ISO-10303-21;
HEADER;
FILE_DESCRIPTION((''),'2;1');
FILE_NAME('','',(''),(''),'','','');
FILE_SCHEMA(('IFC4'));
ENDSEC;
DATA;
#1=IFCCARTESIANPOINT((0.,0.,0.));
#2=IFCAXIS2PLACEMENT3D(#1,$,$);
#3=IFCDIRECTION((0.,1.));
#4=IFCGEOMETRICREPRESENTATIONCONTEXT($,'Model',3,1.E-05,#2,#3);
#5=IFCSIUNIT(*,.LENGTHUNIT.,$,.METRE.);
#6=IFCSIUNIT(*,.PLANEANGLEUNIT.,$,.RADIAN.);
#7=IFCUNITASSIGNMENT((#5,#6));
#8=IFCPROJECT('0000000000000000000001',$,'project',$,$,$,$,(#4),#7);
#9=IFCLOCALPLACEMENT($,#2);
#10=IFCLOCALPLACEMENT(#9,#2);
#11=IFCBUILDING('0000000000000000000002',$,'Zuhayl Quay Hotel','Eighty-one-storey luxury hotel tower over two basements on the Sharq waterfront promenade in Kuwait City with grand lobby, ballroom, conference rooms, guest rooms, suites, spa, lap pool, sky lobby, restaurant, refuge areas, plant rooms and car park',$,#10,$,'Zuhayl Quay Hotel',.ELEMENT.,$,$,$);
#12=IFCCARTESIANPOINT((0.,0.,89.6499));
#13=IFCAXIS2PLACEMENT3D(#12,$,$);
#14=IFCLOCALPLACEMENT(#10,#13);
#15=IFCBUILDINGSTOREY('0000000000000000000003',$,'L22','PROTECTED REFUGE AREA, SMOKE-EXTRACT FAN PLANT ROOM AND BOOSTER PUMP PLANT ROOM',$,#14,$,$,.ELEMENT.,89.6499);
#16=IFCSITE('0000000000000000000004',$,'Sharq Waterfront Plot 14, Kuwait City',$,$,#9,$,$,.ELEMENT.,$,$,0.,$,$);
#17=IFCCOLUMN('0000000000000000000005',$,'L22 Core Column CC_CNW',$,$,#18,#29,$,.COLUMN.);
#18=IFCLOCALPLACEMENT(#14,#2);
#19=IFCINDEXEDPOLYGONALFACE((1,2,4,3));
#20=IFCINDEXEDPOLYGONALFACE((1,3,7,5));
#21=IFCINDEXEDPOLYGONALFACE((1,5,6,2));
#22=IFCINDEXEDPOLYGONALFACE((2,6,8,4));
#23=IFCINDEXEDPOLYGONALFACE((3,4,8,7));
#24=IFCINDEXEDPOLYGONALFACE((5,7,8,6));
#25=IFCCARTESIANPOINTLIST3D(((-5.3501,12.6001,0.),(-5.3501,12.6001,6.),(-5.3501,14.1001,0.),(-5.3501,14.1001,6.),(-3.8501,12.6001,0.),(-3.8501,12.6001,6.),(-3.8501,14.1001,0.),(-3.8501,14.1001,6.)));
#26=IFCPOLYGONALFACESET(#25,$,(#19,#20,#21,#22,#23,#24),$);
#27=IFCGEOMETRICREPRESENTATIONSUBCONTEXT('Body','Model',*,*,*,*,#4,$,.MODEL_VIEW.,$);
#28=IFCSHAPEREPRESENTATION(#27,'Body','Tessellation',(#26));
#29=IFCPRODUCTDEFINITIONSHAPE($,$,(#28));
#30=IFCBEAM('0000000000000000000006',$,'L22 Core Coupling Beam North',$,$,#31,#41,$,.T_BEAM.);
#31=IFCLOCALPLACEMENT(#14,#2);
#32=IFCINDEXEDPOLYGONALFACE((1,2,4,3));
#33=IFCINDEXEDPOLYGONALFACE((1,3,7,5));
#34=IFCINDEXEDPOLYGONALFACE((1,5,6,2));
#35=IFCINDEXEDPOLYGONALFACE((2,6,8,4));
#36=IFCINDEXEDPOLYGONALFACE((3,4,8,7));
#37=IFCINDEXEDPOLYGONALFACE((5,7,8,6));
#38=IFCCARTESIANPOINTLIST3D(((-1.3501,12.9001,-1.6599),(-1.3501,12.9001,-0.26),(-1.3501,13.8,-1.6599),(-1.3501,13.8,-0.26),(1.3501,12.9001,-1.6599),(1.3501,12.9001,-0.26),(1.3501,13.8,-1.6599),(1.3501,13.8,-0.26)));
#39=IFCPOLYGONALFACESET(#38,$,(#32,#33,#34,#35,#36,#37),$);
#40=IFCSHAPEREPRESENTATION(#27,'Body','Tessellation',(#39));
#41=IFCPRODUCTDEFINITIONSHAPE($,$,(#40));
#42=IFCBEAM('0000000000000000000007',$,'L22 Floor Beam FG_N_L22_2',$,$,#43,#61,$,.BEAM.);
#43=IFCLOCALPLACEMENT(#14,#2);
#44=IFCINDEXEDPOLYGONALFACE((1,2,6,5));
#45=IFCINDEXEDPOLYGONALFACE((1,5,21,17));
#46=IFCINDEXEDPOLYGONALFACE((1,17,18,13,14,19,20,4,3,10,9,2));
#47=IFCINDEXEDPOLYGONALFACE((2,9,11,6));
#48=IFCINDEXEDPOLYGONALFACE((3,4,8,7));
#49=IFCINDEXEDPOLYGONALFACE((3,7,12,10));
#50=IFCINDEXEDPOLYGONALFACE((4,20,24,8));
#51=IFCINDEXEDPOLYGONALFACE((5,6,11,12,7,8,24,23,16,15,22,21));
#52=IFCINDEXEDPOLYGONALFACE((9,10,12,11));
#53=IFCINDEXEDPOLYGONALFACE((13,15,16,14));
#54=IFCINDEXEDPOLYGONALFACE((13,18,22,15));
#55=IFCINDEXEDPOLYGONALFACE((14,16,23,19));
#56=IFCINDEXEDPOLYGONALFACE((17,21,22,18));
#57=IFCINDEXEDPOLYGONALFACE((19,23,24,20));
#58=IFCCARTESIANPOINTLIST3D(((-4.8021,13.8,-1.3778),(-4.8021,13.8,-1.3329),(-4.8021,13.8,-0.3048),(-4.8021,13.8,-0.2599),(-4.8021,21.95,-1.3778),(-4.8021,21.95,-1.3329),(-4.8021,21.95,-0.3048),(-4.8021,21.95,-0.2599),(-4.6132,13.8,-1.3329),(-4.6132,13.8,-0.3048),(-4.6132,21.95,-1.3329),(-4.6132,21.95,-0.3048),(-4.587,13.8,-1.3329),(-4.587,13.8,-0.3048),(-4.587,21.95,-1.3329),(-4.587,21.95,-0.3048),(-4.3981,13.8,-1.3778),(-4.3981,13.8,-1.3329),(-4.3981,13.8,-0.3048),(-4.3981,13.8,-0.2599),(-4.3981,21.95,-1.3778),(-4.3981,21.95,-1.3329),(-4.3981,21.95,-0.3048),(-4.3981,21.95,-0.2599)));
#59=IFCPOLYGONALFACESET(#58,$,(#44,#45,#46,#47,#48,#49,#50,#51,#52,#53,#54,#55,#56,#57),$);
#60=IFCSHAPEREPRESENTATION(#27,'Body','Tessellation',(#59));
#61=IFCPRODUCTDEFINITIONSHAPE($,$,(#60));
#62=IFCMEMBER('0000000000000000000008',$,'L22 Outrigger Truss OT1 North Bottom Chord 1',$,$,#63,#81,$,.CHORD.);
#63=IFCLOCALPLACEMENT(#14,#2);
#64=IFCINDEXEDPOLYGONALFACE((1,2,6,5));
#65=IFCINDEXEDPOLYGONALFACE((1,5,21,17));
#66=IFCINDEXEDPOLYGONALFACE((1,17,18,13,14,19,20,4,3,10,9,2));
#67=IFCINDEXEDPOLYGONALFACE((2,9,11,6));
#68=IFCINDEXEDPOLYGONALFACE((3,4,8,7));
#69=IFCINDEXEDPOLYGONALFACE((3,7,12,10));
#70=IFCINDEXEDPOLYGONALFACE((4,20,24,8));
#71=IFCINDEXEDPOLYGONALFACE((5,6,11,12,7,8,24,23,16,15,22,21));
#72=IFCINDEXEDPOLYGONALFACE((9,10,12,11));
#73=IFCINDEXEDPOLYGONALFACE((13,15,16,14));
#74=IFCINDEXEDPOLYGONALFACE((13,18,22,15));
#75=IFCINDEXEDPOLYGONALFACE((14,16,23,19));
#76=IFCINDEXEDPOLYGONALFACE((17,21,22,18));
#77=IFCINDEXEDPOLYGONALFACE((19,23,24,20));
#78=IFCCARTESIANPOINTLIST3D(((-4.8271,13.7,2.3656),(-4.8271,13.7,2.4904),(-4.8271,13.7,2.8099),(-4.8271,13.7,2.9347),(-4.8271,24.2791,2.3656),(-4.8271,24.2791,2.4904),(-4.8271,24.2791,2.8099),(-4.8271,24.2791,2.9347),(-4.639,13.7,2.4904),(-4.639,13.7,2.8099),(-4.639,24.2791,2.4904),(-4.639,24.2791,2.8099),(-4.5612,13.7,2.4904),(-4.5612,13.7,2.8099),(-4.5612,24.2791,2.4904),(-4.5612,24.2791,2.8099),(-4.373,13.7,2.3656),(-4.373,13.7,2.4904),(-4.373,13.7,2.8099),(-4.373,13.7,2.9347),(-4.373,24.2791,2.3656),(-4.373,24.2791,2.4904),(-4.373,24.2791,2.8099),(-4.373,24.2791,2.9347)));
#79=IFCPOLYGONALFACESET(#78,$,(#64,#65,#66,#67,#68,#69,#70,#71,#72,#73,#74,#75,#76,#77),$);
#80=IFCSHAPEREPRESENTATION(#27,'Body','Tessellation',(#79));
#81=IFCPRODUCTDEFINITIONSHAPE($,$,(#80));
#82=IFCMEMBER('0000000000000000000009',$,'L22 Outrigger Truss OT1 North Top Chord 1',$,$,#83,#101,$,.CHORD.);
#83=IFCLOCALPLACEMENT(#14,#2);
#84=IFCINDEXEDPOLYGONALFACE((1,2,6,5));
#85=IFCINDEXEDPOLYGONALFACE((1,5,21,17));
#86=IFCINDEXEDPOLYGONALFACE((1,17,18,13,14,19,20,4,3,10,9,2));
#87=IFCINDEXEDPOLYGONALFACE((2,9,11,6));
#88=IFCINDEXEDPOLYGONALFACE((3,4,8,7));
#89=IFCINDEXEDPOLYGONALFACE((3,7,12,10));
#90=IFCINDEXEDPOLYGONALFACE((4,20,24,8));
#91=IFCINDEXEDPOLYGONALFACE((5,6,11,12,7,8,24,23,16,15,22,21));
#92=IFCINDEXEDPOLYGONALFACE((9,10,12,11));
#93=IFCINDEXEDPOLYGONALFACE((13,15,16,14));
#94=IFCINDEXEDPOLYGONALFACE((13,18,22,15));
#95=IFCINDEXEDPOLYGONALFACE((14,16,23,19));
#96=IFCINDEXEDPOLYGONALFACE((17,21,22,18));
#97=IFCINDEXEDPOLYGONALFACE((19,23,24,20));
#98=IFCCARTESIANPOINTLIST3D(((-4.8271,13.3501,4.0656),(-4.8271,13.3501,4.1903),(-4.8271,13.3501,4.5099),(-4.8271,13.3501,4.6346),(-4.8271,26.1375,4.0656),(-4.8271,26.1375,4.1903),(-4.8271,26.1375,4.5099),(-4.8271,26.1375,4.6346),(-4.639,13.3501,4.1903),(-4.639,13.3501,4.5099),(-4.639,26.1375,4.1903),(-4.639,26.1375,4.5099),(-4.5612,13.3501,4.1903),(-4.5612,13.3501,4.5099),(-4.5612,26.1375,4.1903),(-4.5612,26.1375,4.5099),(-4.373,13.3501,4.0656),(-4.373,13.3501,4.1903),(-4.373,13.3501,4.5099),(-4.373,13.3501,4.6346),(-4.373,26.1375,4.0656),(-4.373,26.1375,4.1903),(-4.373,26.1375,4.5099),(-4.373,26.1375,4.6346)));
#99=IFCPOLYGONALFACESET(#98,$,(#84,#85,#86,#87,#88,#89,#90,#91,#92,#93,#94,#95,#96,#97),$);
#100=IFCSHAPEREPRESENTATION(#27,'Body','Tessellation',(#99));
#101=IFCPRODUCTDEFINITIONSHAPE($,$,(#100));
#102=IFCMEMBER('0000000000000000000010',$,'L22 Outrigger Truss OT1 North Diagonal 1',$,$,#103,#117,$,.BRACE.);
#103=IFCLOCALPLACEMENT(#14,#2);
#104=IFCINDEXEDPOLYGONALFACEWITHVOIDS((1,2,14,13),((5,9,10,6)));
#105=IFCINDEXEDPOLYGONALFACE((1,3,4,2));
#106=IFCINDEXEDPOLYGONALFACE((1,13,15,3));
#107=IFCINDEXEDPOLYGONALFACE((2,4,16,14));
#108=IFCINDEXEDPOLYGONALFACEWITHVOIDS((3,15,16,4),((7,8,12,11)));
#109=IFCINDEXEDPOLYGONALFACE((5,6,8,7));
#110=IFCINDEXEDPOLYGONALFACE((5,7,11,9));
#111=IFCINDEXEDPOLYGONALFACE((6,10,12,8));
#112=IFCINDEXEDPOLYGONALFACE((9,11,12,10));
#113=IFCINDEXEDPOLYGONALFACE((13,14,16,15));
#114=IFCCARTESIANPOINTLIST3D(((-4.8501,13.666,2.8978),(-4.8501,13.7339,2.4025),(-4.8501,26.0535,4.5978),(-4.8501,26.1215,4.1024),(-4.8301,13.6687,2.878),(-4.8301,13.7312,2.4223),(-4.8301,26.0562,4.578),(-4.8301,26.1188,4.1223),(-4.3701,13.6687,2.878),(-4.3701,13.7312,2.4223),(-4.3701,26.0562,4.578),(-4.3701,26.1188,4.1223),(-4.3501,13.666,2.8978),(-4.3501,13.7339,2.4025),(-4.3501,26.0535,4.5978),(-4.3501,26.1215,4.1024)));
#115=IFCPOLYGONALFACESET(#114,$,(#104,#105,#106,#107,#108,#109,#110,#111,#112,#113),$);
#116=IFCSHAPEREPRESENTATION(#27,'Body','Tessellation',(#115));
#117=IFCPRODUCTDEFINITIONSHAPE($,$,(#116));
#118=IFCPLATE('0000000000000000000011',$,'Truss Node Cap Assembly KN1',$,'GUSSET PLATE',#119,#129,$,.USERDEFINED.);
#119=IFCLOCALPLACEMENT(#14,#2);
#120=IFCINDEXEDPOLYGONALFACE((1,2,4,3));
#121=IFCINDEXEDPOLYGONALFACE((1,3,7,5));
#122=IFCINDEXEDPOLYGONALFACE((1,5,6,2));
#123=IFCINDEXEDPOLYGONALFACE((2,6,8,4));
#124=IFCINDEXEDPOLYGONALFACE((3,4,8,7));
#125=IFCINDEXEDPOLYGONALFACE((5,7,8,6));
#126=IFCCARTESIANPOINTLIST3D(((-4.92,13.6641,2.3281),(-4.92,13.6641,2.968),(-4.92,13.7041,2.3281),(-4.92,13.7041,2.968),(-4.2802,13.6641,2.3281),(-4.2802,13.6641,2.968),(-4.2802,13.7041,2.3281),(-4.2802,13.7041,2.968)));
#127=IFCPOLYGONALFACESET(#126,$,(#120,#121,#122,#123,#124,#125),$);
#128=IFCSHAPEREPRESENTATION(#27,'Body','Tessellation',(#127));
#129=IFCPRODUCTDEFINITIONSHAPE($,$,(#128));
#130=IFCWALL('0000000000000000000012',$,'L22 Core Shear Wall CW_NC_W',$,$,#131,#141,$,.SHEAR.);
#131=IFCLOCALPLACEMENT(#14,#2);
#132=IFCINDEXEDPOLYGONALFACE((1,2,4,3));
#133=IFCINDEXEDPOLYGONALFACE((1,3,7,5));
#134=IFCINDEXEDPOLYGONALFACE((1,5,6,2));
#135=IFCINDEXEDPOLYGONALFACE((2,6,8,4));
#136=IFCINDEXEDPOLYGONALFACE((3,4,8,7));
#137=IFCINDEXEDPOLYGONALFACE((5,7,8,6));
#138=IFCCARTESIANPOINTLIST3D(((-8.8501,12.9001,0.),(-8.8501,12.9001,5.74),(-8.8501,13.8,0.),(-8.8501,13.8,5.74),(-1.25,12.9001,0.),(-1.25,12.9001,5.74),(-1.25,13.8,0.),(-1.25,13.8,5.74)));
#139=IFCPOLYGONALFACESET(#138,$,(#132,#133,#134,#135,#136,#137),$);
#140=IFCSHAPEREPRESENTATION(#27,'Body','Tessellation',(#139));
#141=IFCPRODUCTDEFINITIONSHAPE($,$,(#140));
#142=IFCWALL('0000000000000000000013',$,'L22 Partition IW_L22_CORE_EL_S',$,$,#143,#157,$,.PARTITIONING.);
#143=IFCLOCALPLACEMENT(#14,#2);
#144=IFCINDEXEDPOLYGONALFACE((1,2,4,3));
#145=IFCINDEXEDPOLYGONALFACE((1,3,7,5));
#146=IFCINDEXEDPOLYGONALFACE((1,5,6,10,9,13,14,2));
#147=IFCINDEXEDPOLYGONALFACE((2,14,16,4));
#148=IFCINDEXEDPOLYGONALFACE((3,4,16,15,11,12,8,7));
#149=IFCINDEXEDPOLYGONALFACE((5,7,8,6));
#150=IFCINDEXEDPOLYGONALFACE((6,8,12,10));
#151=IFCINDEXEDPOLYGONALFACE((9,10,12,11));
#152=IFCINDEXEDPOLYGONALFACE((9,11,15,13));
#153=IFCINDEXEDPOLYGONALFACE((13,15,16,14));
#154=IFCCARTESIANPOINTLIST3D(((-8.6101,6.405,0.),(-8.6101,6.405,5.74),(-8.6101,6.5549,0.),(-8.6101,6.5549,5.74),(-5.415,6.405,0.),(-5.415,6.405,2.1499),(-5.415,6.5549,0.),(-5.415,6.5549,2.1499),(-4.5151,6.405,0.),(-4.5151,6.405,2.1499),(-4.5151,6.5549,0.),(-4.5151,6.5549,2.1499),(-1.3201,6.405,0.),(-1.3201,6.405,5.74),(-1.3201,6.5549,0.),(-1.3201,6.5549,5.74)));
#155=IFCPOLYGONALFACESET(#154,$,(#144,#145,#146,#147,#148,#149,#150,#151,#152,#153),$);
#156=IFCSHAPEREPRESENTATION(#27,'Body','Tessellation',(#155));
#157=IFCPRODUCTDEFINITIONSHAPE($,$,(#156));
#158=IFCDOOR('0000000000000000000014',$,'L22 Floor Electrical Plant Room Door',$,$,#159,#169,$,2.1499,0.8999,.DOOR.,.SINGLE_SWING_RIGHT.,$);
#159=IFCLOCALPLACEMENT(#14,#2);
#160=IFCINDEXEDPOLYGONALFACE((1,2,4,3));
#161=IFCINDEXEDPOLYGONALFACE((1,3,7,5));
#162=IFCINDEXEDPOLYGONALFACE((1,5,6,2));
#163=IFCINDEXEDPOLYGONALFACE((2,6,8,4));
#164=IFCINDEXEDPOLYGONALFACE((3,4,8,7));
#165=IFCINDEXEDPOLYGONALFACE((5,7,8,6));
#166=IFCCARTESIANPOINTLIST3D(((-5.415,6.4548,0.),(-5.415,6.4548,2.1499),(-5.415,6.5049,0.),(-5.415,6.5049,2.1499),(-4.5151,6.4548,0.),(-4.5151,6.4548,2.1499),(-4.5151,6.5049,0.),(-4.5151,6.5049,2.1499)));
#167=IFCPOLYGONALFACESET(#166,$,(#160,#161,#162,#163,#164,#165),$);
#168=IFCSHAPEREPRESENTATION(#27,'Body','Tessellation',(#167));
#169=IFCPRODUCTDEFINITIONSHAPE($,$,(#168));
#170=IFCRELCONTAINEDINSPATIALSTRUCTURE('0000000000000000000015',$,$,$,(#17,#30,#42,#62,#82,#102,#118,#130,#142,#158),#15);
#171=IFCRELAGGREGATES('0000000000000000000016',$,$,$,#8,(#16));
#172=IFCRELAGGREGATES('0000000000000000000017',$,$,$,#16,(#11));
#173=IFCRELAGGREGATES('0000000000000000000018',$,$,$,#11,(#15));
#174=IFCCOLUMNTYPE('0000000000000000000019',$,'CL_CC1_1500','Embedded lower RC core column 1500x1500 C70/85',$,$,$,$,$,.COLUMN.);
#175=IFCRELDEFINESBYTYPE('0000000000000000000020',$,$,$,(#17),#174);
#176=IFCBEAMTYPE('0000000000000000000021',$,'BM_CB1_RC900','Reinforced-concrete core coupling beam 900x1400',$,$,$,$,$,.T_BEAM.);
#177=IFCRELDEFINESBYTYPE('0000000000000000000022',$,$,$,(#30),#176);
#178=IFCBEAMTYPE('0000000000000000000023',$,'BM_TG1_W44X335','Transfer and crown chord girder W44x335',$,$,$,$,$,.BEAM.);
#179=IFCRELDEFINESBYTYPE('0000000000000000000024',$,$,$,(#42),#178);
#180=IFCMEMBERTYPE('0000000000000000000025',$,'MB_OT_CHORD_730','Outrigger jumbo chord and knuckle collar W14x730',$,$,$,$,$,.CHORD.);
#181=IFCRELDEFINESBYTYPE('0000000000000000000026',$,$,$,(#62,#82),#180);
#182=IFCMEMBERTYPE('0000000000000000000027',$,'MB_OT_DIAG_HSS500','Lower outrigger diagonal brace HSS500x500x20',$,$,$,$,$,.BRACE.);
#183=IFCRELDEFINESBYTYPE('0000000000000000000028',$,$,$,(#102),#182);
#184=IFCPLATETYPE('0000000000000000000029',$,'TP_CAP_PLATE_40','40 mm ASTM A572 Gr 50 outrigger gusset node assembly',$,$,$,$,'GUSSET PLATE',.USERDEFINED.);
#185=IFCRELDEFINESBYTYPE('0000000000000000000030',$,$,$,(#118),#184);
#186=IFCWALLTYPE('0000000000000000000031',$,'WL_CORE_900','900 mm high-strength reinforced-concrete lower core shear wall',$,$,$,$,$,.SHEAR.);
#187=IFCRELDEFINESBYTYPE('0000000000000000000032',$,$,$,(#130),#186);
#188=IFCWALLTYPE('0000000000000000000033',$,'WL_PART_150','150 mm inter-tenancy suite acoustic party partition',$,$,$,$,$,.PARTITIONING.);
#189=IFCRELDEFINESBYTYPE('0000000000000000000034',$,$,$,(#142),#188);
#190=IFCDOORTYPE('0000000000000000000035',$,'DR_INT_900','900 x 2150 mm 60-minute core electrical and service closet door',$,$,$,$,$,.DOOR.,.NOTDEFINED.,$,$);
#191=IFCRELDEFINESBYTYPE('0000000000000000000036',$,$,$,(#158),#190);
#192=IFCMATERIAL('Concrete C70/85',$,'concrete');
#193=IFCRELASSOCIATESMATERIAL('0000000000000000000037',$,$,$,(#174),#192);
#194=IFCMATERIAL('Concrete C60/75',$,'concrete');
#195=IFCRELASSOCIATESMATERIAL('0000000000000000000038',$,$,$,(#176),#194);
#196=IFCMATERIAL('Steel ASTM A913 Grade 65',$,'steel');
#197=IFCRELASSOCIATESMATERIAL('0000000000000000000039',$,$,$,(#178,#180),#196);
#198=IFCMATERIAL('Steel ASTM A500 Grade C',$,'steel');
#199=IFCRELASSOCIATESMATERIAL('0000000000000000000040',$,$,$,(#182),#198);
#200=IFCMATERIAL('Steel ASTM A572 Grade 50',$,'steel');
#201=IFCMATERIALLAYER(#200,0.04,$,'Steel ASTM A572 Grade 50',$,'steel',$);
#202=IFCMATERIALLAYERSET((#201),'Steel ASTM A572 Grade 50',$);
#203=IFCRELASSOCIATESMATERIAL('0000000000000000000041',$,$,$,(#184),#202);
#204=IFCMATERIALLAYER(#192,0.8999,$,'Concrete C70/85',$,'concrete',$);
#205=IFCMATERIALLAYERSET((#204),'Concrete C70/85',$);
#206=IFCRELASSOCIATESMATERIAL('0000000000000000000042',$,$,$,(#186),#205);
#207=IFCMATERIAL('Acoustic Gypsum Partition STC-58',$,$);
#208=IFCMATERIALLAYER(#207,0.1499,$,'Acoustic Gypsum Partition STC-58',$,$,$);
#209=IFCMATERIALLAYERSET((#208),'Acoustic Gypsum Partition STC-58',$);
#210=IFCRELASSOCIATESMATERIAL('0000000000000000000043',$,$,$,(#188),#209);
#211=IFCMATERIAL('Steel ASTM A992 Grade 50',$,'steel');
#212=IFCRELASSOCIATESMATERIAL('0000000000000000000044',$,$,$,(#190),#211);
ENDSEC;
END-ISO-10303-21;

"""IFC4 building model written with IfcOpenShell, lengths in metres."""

from ifc_helpers import new_model, si_unit, direction, frame, frame_2d, origin, origin_2d, place, context, subcontext, project, spatial, rectangle, hollow_rectangle, i_section, extrude, material, layer, layer_set, material_profile, profile_set, type_object, element, fill, save


model = new_model("IFC4")

# Units and contexts
model_context = context("Model", 3, precision=1e-05, world=origin(), true_north=direction((0.0, 1.0)))
body_context = subcontext(model_context, "Body", "Model", "MODEL_VIEW")
ifc_project = project(units=[si_unit("LENGTHUNIT", "METRE"), si_unit("PLANEANGLEUNIT", "RADIAN")], contexts=[model_context])

# Site, building, storey
site_placement = place(None, origin())
site = spatial("IfcSite", under=ifc_project, at=site_placement, Name="Sharq Waterfront Plot 14, Kuwait City", CompositionType="ELEMENT", RefElevation=0.0)
building_placement = place(site_placement, origin())
building = spatial("IfcBuilding", under=site, at=building_placement, Name="Zuhayl Quay Hotel", Description="Eighty-one-storey luxury hotel tower over two basements on the Sharq waterfront promenade in Kuwait City with grand lobby, ballroom, conference rooms, guest rooms, suites, spa, lap pool, sky lobby, restaurant, refuge areas, plant rooms and car park", LongName="Zuhayl Quay Hotel", CompositionType="ELEMENT")
storey_placement = place(building_placement, frame((0.0, 0.0, 89.6499)))
storey = spatial("IfcBuildingStorey", under=building, at=storey_placement, Name="L22", Description="PROTECTED REFUGE AREA, SMOKE-EXTRACT FAN PLANT ROOM AND BOOSTER PUMP PLANT ROOM", CompositionType="ELEMENT", Elevation=89.6499)

# Column
ifc_material_1 = material(Name="Concrete C70/85", Category="concrete")
ifc_material_profile_1 = material_profile(ifc_material_1, rectangle(XDim=1.5, YDim=1.5, at=origin_2d()), Name="RC1500X1500")
ifc_profile_set_1 = profile_set([ifc_material_profile_1], Name="Concrete C70/85")
column_type = type_object("IfcColumnType", Name="CL_CC1_1500", Description="Embedded lower RC core column 1500x1500 C70/85", PredefinedType="COLUMN", material=ifc_profile_set_1)
column_placement = place(storey_placement, frame((-4.6001, 13.3501, 0.0), z_axis=(0.0, 0.0, 1.0), x_axis=(1.0, 0.0, 0.0)))
element("IfcColumn", 1, at=column_placement, inside=storey, type_object=column_type, Name="L22 Core Column CC_CNW", PredefinedType="COLUMN", context=body_context, shape_type="SweptSolid", body=[
    extrude(rectangle(XDim=1.5, YDim=1.5, at=origin_2d()), origin(), (0.0, 0.0, 1.0), 6.0),
])

# Beams
ifc_material_2 = material(Name="Concrete C60/75", Category="concrete")
ifc_material_profile_2 = material_profile(ifc_material_2, rectangle(XDim=0.8999, YDim=1.3999, at=origin_2d()), Name="RC900X1400")
ifc_profile_set_2 = profile_set([ifc_material_profile_2], Name="Concrete C60/75")
beam_type_1 = type_object("IfcBeamType", Name="BM_CB1_RC900", Description="Reinforced-concrete core coupling beam 900x1400", PredefinedType="T_BEAM", material=ifc_profile_set_2)
beam_1_placement = place(storey_placement, frame((-1.3501, 13.3501, -0.96), z_axis=(1.0, 0.0, 0.0), x_axis=(0.0, 1.0, 0.0)))
element("IfcBeam", 2, at=beam_1_placement, inside=storey, type_object=beam_type_1, Name="L22 Core Coupling Beam North", PredefinedType="T_BEAM", context=body_context, shape_type="SweptSolid", body=[
    extrude(rectangle(XDim=0.8999, YDim=1.3999, at=origin_2d()), origin(), (0.0, 0.0, 1.0), 2.7002),
])
ifc_material_3 = material(Name="Steel ASTM A913 Grade 65", Category="steel")
ifc_material_profile_3 = material_profile(ifc_material_3, i_section(OverallWidth=0.4041, OverallDepth=1.1179, WebThickness=0.0261, FlangeThickness=0.0449, at=origin_2d()), Name="W44X335")
ifc_profile_set_3 = profile_set([ifc_material_profile_3], Name="Steel ASTM A913 Grade 65")
beam_type_2 = type_object("IfcBeamType", Name="BM_TG1_W44X335", Description="Transfer and crown chord girder W44x335", PredefinedType="BEAM", material=ifc_profile_set_3)
beam_2_placement = place(storey_placement, frame((-4.6001, 13.8, -0.8188), z_axis=(0.0, 1.0, 0.0), x_axis=(-1.0, 0.0, 0.0)))
element("IfcBeam", 3, at=beam_2_placement, inside=storey, type_object=beam_type_2, Name="L22 Floor Beam FG_N_L22_2", PredefinedType="BEAM", context=body_context, shape_type="SweptSolid", body=[
    extrude(i_section(OverallWidth=0.4041, OverallDepth=1.1179, WebThickness=0.0261, FlangeThickness=0.0449, at=origin_2d()), origin(), (0.0, 0.0, 1.0), 8.1499),
])

# Members
ifc_material_profile_4 = material_profile(ifc_material_3, i_section(OverallWidth=0.4541, OverallDepth=0.5691, WebThickness=0.0779, FlangeThickness=0.1248, at=origin_2d()), Name="W14X730")
ifc_profile_set_4 = profile_set([ifc_material_profile_4], Name="Steel ASTM A913 Grade 65")
member_type_1 = type_object("IfcMemberType", Name="MB_OT_CHORD_730", Description="Outrigger jumbo chord and knuckle collar W14x730", PredefinedType="CHORD", material=ifc_profile_set_4)
member_1_placement = place(storey_placement, frame((-4.6001, 13.7, 2.6501), z_axis=(0.0, 1.0, 0.0), x_axis=(-1.0, 0.0, 0.0)))
element("IfcMember", 4, at=member_1_placement, inside=storey, type_object=member_type_1, Name="L22 Outrigger Truss OT1 North Bottom Chord 1", PredefinedType="CHORD", context=body_context, shape_type="SweptSolid", body=[
    extrude(i_section(OverallWidth=0.4541, OverallDepth=0.5691, WebThickness=0.0779, FlangeThickness=0.1248, at=origin_2d()), origin(), (0.0, 0.0, 1.0), 10.5791),
])
member_2_placement = place(storey_placement, frame((-4.6001, 13.3501, 4.3501), z_axis=(0.0, 1.0, 0.0), x_axis=(-1.0, 0.0, 0.0)))
element("IfcMember", 5, at=member_2_placement, inside=storey, type_object=member_type_1, Name="L22 Outrigger Truss OT1 North Top Chord 1", PredefinedType="CHORD", context=body_context, shape_type="SweptSolid", body=[
    extrude(i_section(OverallWidth=0.4541, OverallDepth=0.5691, WebThickness=0.0779, FlangeThickness=0.1248, at=origin_2d()), origin(), (0.0, 0.0, 1.0), 12.7874),
])
ifc_material_4 = material(Name="Steel ASTM A500 Grade C", Category="steel")
ifc_material_profile_5 = material_profile(ifc_material_4, hollow_rectangle(XDim=0.5, YDim=0.5, WallThickness=0.02, at=origin_2d()), Name="HSS500X500X20")
ifc_profile_set_5 = profile_set([ifc_material_profile_5], Name="Steel ASTM A500 Grade C")
member_type_2 = type_object("IfcMemberType", Name="MB_OT_DIAG_HSS500", Description="Lower outrigger diagonal brace HSS500x500x20", PredefinedType="BRACE", material=ifc_profile_set_5)
member_3_placement = place(storey_placement, frame((-4.6001, 13.7, 2.6501), z_axis=(0.0, 0.990715, 0.135957), x_axis=(-1.0, 0.0, 0.0)))
element("IfcMember", 6, at=member_3_placement, inside=storey, type_object=member_type_2, Name="L22 Outrigger Truss OT1 North Diagonal 1", PredefinedType="BRACE", context=body_context, shape_type="SweptSolid", body=[
    extrude(hollow_rectangle(XDim=0.5, YDim=0.5, WallThickness=0.02, at=origin_2d()), origin(), (0.0, 0.0, 1.0), 12.5037),
])

# Plate
ifc_material_5 = material(Name="Steel ASTM A572 Grade 50", Category="steel")
ifc_layer_1 = layer(ifc_material_5, 0.04, Name="Steel ASTM A572 Grade 50", Category="steel")
ifc_layer_set_1 = layer_set([ifc_layer_1], Name="Steel ASTM A572 Grade 50")
plate_type = type_object("IfcPlateType", Name="TP_CAP_PLATE_40", Description="40 mm ASTM A572 Gr 50 outrigger gusset node assembly", ElementType="GUSSET PLATE", PredefinedType="USERDEFINED", material=ifc_layer_set_1)
plate_placement = place(storey_placement, frame((-4.6001, 13.6841, 2.3281), z_axis=(0.0, 0.0, 1.0), x_axis=(0.0, -1.0, 0.0)))
element("IfcPlate", 7, at=plate_placement, inside=storey, type_object=plate_type, Name="Truss Node Cap Assembly KN1", ObjectType="GUSSET PLATE", PredefinedType="USERDEFINED", context=body_context, shape_type="SweptSolid", body=[
    extrude(rectangle(XDim=0.04, YDim=0.6399, at=origin_2d()), origin(), (0.0, 0.0, 1.0), 0.6399),
])

# Wall
ifc_layer_2 = layer(ifc_material_1, 0.8999, Name="Concrete C70/85", Category="concrete")
ifc_layer_set_2 = layer_set([ifc_layer_2], Name="Concrete C70/85")
wall_type_1 = type_object("IfcWallType", Name="WL_CORE_900", Description="900 mm high-strength reinforced-concrete lower core shear wall", PredefinedType="SHEAR", material=ifc_layer_set_2)
wall_1_placement = place(storey_placement, frame((-8.8501, 13.3501, 0.0), z_axis=(0.0, 0.0, 1.0), x_axis=(1.0, 0.0, 0.0)))
element("IfcWall", 8, at=wall_1_placement, inside=storey, type_object=wall_type_1, Name="L22 Core Shear Wall CW_NC_W", PredefinedType="SHEAR", context=body_context, shape_type="SweptSolid", body=[
    extrude(rectangle(XDim=7.6001, YDim=0.8999, at=frame_2d((3.8, 0.0))), origin(), (0.0, 0.0, 1.0), 5.74),
])

# Wall, opening, door
ifc_material_6 = material(Name="Acoustic Gypsum Partition STC-58")
ifc_layer_3 = layer(ifc_material_6, 0.1499, Name="Acoustic Gypsum Partition STC-58")
ifc_layer_set_3 = layer_set([ifc_layer_3], Name="Acoustic Gypsum Partition STC-58")
wall_type_2 = type_object("IfcWallType", Name="WL_PART_150", Description="150 mm inter-tenancy suite acoustic party partition", PredefinedType="PARTITIONING", material=ifc_layer_set_3)
wall_2_placement = place(storey_placement, frame((-8.6101, 6.48, 0.0), z_axis=(0.0, 0.0, 1.0), x_axis=(1.0, 0.0, 0.0)))
wall_2 = element("IfcWall", 9, at=wall_2_placement, inside=storey, type_object=wall_type_2, Name="L22 Partition IW_L22_CORE_EL_S", PredefinedType="PARTITIONING", context=body_context, shape_type="SweptSolid", body=[
    extrude(rectangle(XDim=7.29, YDim=0.1499, at=frame_2d((3.645, 0.0))), origin(), (0.0, 0.0, 1.0), 5.74),
])
opening_1_placement = place(wall_2_placement, frame((3.1951, 0.0, 0.0)))
opening_1 = element("IfcOpeningElement", 10, at=opening_1_placement, cuts=wall_2, PredefinedType="OPENING", context=body_context, shape_type="SweptSolid", body=[
    extrude(rectangle(XDim=0.8999, YDim=2.1499, at=frame_2d((0.45, 1.075))), frame((0.0, 0.085, 0.0), z_axis=(0.0, -1.0, 0.0), x_axis=(1.0, 0.0, 0.0)), (0.0, 0.0, 1.0), 0.1699),
])
ifc_material_7 = material(Name="Steel ASTM A992 Grade 50", Category="steel")
door_type_1 = type_object("IfcDoorType", Name="DR_INT_900", Description="900 x 2150 mm 60-minute core electrical and service closet door", OperationType="NOTDEFINED", PredefinedType="DOOR", material=ifc_material_7)
door_1_placement = place(opening_1_placement, origin())
door_1 = element("IfcDoor", 11, at=door_1_placement, inside=storey, type_object=door_type_1, Name="L22 Floor Electrical Plant Room Door", OperationType="SINGLE_SWING_RIGHT", OverallHeight=2.1499, OverallWidth=0.8999, PredefinedType="DOOR", context=body_context, shape_type="SweptSolid", body=[
    extrude(rectangle(XDim=0.8999, YDim=2.1499, at=frame_2d((0.45, 1.075))), frame((0.0, 0.0249, 0.0), z_axis=(0.0, -1.0, 0.0), x_axis=(1.0, 0.0, 0.0)), (0.0, 0.0, 1.0), 0.05),
])
fill(opening_1, door_1)

save(model, "model.ifc")
